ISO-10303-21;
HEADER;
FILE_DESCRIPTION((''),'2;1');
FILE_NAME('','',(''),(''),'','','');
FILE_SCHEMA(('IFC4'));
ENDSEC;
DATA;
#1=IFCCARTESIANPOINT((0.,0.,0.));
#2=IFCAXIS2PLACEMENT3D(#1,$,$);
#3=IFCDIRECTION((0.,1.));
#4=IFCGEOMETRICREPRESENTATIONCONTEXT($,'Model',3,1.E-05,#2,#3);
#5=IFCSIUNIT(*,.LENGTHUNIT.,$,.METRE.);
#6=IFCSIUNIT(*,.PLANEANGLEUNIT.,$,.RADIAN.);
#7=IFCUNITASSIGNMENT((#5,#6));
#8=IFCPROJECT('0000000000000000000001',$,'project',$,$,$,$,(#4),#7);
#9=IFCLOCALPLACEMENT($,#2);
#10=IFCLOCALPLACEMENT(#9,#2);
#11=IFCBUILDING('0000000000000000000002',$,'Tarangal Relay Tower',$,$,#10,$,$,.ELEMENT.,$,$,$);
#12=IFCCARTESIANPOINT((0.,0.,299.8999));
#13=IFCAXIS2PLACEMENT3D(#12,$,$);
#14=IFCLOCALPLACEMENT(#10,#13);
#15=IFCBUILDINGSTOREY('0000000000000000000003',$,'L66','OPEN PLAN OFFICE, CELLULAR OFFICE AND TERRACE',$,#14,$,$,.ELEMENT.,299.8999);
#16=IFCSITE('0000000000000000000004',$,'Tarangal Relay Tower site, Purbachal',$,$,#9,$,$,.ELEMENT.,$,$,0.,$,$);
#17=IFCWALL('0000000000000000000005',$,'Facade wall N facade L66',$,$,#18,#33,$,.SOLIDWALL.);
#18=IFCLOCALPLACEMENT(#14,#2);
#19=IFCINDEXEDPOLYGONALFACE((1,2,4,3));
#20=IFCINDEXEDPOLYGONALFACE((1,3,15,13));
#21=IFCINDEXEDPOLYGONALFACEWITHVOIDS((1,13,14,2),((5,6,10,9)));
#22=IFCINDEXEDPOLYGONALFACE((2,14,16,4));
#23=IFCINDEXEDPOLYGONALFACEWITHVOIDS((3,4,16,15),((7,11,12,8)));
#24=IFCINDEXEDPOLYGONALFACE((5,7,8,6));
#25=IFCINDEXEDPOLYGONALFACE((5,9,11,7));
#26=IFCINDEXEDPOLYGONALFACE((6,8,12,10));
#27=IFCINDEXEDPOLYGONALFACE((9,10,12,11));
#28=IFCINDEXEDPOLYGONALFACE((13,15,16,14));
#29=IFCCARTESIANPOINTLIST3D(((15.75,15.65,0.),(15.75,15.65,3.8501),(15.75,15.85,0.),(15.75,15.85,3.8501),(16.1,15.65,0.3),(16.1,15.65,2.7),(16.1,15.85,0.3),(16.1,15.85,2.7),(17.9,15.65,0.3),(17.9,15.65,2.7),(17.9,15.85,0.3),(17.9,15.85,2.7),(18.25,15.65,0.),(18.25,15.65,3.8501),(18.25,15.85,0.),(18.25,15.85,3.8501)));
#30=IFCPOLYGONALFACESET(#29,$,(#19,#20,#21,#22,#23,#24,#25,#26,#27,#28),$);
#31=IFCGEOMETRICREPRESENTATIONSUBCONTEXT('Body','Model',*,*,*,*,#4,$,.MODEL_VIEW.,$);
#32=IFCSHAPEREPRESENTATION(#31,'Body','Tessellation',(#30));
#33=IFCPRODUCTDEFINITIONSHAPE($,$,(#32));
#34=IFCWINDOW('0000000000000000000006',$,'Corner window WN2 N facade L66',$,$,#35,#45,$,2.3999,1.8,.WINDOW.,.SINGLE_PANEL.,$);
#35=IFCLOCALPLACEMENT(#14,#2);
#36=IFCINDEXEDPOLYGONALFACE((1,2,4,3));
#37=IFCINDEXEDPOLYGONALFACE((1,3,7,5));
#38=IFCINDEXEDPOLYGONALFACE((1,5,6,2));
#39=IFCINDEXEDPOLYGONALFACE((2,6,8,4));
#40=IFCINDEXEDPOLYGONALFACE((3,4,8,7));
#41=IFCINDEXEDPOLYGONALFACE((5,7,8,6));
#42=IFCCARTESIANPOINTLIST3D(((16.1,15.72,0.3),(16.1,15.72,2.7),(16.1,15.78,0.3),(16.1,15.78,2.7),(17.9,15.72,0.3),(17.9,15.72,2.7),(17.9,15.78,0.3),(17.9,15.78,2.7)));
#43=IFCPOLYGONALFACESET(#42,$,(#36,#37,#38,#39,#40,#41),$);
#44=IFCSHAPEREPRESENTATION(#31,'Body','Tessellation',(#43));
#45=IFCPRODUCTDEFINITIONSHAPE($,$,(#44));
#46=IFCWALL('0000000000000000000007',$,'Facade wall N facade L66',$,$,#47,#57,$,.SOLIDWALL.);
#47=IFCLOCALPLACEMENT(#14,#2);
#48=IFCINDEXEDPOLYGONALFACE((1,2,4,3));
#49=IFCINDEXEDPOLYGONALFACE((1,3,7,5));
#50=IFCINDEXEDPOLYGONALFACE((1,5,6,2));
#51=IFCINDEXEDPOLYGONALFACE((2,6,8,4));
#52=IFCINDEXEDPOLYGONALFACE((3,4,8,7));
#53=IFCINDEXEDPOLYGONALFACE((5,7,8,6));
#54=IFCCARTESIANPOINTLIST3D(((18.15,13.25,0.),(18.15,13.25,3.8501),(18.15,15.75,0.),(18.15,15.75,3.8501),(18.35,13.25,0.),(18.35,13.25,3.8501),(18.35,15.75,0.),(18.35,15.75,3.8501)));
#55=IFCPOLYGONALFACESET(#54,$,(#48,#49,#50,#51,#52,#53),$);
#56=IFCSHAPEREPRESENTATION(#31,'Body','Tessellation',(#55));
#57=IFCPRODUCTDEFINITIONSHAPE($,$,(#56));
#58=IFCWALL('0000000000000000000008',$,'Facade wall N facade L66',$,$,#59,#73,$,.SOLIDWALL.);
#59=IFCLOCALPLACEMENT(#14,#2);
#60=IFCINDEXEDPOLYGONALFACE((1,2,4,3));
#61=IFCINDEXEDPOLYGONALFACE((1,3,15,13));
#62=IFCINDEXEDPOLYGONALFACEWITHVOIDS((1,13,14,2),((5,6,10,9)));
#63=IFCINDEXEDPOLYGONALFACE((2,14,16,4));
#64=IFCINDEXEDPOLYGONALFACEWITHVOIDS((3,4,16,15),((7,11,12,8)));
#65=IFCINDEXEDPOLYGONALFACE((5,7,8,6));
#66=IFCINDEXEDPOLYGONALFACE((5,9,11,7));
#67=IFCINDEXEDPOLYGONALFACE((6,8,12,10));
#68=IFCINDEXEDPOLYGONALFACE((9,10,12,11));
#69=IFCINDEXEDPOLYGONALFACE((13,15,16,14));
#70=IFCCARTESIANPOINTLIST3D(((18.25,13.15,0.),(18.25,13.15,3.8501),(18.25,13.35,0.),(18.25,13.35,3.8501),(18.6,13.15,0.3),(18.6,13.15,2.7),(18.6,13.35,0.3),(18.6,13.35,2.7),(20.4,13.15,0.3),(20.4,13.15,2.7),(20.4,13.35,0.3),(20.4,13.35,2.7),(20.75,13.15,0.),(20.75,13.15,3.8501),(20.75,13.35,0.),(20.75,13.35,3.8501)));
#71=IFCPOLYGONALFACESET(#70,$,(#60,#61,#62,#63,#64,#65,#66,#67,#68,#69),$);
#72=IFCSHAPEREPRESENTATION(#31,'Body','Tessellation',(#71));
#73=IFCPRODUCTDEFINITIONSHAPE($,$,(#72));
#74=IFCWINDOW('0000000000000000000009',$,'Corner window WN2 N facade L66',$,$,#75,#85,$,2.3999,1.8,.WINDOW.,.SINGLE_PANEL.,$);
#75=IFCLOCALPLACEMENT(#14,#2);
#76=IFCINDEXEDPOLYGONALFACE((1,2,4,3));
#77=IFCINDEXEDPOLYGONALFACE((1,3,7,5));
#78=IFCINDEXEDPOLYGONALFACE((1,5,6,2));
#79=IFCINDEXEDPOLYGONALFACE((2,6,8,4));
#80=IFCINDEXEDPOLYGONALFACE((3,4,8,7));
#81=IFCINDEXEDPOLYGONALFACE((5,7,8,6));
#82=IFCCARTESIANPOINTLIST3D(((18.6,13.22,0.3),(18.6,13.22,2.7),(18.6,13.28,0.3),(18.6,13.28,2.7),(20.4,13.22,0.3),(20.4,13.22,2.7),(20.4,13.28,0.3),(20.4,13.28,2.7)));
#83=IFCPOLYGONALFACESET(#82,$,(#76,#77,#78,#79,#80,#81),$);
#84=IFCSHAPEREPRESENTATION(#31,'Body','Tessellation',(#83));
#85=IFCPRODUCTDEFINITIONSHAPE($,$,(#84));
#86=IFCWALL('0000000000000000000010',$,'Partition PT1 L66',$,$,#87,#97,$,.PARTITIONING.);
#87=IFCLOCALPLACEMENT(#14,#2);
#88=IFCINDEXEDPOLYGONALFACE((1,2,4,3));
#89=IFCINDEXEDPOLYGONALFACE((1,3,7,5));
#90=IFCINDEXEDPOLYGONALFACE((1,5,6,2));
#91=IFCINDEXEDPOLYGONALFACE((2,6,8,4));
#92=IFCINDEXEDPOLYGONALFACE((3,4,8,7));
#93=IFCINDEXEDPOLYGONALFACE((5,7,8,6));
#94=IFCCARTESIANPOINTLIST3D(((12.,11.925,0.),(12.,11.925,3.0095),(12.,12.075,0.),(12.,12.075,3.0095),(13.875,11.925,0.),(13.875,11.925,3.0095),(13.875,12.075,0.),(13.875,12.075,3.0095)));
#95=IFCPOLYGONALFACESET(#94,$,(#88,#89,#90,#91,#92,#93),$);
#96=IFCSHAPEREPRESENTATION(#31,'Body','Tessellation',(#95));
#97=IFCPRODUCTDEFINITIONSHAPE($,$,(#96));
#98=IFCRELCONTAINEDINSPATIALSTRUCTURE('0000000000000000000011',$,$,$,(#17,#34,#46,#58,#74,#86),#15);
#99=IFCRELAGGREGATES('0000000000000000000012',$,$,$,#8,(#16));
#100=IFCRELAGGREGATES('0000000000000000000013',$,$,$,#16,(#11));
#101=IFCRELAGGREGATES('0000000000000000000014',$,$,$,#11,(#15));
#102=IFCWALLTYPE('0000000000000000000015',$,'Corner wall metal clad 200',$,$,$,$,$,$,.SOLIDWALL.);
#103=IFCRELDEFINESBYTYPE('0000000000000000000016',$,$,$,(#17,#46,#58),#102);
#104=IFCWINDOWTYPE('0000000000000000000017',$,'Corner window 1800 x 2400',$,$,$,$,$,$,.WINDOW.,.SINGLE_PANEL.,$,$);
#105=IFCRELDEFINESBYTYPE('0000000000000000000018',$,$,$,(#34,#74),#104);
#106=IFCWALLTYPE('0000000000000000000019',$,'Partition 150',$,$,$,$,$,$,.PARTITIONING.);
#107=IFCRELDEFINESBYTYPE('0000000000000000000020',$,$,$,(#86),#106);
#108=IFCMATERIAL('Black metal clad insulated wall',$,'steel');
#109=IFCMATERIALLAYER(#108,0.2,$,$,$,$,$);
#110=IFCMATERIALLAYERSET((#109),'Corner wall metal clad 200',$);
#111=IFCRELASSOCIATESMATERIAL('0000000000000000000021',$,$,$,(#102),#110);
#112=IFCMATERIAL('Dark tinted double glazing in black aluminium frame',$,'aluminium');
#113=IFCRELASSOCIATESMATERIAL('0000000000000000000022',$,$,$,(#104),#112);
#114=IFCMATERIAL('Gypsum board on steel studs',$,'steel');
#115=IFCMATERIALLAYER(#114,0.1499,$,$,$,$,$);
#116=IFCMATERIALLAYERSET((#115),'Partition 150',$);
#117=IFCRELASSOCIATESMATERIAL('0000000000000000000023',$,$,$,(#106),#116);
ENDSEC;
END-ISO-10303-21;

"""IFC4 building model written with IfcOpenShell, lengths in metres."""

from ifc_helpers import new_model, si_unit, direction, frame, frame_2d, origin, place, context, subcontext, project, spatial, rectangle, extrude, material, layer, layer_set, type_object, element, fill, save


model = new_model("IFC4")

# Units and contexts
model_context = context("Model", 3, precision=1e-05, world=origin(), true_north=direction((0.0, 1.0)))
body_context = subcontext(model_context, "Body", "Model", "MODEL_VIEW")
ifc_project = project(units=[si_unit("LENGTHUNIT", "METRE"), si_unit("PLANEANGLEUNIT", "RADIAN")], contexts=[model_context])

# Site, building, storey
site_placement = place(None, origin())
site = spatial("IfcSite", under=ifc_project, at=site_placement, Name="Tarangal Relay Tower site, Purbachal", CompositionType="ELEMENT", RefElevation=0.0)
building_placement = place(site_placement, origin())
building = spatial("IfcBuilding", under=site, at=building_placement, Name="Tarangal Relay Tower", CompositionType="ELEMENT")
storey_placement = place(building_placement, frame((0.0, 0.0, 299.8999)))
storey = spatial("IfcBuildingStorey", under=building, at=storey_placement, Name="L66", Description="OPEN PLAN OFFICE, CELLULAR OFFICE AND TERRACE", CompositionType="ELEMENT", Elevation=299.8999)

# Shared definitions
ifc_material_1 = material(Name="Black metal clad insulated wall", Category="steel")
ifc_layer_1 = layer(ifc_material_1, 0.2)
ifc_layer_set_1 = layer_set([ifc_layer_1], Name="Corner wall metal clad 200")
wall_type_1 = type_object("IfcWallType", Name="Corner wall metal clad 200", PredefinedType="SOLIDWALL", material=ifc_layer_set_1)

# Shared definitions
ifc_material_2 = material(Name="Dark tinted double glazing in black aluminium frame", Category="aluminium")
window_type = type_object("IfcWindowType", Name="Corner window 1800 x 2400", PartitioningType="SINGLE_PANEL", PredefinedType="WINDOW", material=ifc_material_2)

# Wall, opening, window
wall_1_placement = place(storey_placement, frame((15.75, 15.75, 0.0), z_axis=(0.0, 0.0, 1.0), x_axis=(1.0, 0.0, 0.0)))
wall_1 = element("IfcWall", 1, at=wall_1_placement, inside=storey, type_object=wall_type_1, Name="Facade wall N facade L66", PredefinedType="SOLIDWALL", context=body_context, shape_type="SweptSolid", body=[
    extrude(rectangle(XDim=2.5, YDim=0.2, at=frame_2d((1.25, 0.0))), origin(), (0.0, 0.0, 1.0), 3.8501),
])
opening_1_placement = place(wall_1_placement, frame((0.3501, 0.0, 0.3)))
opening_1 = element("IfcOpeningElement", 2, at=opening_1_placement, cuts=wall_1, PredefinedType="OPENING", context=body_context, shape_type="SweptSolid", body=[
    extrude(rectangle(XDim=1.8, YDim=2.3999, at=frame_2d((0.8999, 1.2))), frame((0.0, 0.1099, 0.0), z_axis=(0.0, -1.0, 0.0), x_axis=(1.0, 0.0, 0.0)), (0.0, 0.0, 1.0), 0.22),
])
window_1_placement = place(opening_1_placement, origin())
window_1 = element("IfcWindow", 3, at=window_1_placement, inside=storey, type_object=window_type, Name="Corner window WN2 N facade L66", OverallHeight=2.3999, OverallWidth=1.8, PartitioningType="SINGLE_PANEL", PredefinedType="WINDOW", context=body_context, shape_type="SweptSolid", body=[
    extrude(rectangle(XDim=1.8, YDim=2.3999, at=frame_2d((0.8999, 1.2))), frame((0.0, 0.03, 0.0), z_axis=(0.0, -1.0, 0.0), x_axis=(1.0, 0.0, 0.0)), (0.0, 0.0, 1.0), 0.0601),
])
fill(opening_1, window_1)

# Wall
wall_2_placement = place(storey_placement, frame((18.25, 15.75, 0.0), z_axis=(0.0, 0.0, 1.0), x_axis=(0.0, -1.0, 0.0)))
element("IfcWall", 4, at=wall_2_placement, inside=storey, type_object=wall_type_1, Name="Facade wall N facade L66", PredefinedType="SOLIDWALL", context=body_context, shape_type="SweptSolid", body=[
    extrude(rectangle(XDim=2.5, YDim=0.2, at=frame_2d((1.25, 0.0))), origin(), (0.0, 0.0, 1.0), 3.8501),
])

# Wall, opening, window
wall_3_placement = place(storey_placement, frame((18.25, 13.25, 0.0), z_axis=(0.0, 0.0, 1.0), x_axis=(1.0, 0.0, 0.0)))
wall_3 = element("IfcWall", 5, at=wall_3_placement, inside=storey, type_object=wall_type_1, Name="Facade wall N facade L66", PredefinedType="SOLIDWALL", context=body_context, shape_type="SweptSolid", body=[
    extrude(rectangle(XDim=2.5, YDim=0.2, at=frame_2d((1.25, 0.0))), origin(), (0.0, 0.0, 1.0), 3.8501),
])
opening_2_placement = place(wall_3_placement, frame((0.3501, 0.0, 0.3)))
opening_2 = element("IfcOpeningElement", 6, at=opening_2_placement, cuts=wall_3, PredefinedType="OPENING", context=body_context, shape_type="SweptSolid", body=[
    extrude(rectangle(XDim=1.8, YDim=2.3999, at=frame_2d((0.8999, 1.2))), frame((0.0, 0.1099, 0.0), z_axis=(0.0, -1.0, 0.0), x_axis=(1.0, 0.0, 0.0)), (0.0, 0.0, 1.0), 0.22),
])
window_2_placement = place(opening_2_placement, origin())
window_2 = element("IfcWindow", 7, at=window_2_placement, inside=storey, type_object=window_type, Name="Corner window WN2 N facade L66", OverallHeight=2.3999, OverallWidth=1.8, PartitioningType="SINGLE_PANEL", PredefinedType="WINDOW", context=body_context, shape_type="SweptSolid", body=[
    extrude(rectangle(XDim=1.8, YDim=2.3999, at=frame_2d((0.8999, 1.2))), frame((0.0, 0.03, 0.0), z_axis=(0.0, -1.0, 0.0), x_axis=(1.0, 0.0, 0.0)), (0.0, 0.0, 1.0), 0.0601),
])
fill(opening_2, window_2)

# Wall
ifc_material_3 = material(Name="Gypsum board on steel studs", Category="steel")
ifc_layer_2 = layer(ifc_material_3, 0.1499)
ifc_layer_set_2 = layer_set([ifc_layer_2], Name="Partition 150")
wall_type_2 = type_object("IfcWallType", Name="Partition 150", PredefinedType="PARTITIONING", material=ifc_layer_set_2)
wall_4_placement = place(storey_placement, frame((12.0, 12.0, 0.0), z_axis=(0.0, 0.0, 1.0), x_axis=(1.0, 0.0, 0.0)))
element("IfcWall", 8, at=wall_4_placement, inside=storey, type_object=wall_type_2, Name="Partition PT1 L66", PredefinedType="PARTITIONING", context=body_context, shape_type="SweptSolid", body=[
    extrude(rectangle(XDim=1.875, YDim=0.1499, at=frame_2d((0.9375, 0.0))), origin(), (0.0, 0.0, 1.0), 3.0095),
])

save(model, "model.ifc")
